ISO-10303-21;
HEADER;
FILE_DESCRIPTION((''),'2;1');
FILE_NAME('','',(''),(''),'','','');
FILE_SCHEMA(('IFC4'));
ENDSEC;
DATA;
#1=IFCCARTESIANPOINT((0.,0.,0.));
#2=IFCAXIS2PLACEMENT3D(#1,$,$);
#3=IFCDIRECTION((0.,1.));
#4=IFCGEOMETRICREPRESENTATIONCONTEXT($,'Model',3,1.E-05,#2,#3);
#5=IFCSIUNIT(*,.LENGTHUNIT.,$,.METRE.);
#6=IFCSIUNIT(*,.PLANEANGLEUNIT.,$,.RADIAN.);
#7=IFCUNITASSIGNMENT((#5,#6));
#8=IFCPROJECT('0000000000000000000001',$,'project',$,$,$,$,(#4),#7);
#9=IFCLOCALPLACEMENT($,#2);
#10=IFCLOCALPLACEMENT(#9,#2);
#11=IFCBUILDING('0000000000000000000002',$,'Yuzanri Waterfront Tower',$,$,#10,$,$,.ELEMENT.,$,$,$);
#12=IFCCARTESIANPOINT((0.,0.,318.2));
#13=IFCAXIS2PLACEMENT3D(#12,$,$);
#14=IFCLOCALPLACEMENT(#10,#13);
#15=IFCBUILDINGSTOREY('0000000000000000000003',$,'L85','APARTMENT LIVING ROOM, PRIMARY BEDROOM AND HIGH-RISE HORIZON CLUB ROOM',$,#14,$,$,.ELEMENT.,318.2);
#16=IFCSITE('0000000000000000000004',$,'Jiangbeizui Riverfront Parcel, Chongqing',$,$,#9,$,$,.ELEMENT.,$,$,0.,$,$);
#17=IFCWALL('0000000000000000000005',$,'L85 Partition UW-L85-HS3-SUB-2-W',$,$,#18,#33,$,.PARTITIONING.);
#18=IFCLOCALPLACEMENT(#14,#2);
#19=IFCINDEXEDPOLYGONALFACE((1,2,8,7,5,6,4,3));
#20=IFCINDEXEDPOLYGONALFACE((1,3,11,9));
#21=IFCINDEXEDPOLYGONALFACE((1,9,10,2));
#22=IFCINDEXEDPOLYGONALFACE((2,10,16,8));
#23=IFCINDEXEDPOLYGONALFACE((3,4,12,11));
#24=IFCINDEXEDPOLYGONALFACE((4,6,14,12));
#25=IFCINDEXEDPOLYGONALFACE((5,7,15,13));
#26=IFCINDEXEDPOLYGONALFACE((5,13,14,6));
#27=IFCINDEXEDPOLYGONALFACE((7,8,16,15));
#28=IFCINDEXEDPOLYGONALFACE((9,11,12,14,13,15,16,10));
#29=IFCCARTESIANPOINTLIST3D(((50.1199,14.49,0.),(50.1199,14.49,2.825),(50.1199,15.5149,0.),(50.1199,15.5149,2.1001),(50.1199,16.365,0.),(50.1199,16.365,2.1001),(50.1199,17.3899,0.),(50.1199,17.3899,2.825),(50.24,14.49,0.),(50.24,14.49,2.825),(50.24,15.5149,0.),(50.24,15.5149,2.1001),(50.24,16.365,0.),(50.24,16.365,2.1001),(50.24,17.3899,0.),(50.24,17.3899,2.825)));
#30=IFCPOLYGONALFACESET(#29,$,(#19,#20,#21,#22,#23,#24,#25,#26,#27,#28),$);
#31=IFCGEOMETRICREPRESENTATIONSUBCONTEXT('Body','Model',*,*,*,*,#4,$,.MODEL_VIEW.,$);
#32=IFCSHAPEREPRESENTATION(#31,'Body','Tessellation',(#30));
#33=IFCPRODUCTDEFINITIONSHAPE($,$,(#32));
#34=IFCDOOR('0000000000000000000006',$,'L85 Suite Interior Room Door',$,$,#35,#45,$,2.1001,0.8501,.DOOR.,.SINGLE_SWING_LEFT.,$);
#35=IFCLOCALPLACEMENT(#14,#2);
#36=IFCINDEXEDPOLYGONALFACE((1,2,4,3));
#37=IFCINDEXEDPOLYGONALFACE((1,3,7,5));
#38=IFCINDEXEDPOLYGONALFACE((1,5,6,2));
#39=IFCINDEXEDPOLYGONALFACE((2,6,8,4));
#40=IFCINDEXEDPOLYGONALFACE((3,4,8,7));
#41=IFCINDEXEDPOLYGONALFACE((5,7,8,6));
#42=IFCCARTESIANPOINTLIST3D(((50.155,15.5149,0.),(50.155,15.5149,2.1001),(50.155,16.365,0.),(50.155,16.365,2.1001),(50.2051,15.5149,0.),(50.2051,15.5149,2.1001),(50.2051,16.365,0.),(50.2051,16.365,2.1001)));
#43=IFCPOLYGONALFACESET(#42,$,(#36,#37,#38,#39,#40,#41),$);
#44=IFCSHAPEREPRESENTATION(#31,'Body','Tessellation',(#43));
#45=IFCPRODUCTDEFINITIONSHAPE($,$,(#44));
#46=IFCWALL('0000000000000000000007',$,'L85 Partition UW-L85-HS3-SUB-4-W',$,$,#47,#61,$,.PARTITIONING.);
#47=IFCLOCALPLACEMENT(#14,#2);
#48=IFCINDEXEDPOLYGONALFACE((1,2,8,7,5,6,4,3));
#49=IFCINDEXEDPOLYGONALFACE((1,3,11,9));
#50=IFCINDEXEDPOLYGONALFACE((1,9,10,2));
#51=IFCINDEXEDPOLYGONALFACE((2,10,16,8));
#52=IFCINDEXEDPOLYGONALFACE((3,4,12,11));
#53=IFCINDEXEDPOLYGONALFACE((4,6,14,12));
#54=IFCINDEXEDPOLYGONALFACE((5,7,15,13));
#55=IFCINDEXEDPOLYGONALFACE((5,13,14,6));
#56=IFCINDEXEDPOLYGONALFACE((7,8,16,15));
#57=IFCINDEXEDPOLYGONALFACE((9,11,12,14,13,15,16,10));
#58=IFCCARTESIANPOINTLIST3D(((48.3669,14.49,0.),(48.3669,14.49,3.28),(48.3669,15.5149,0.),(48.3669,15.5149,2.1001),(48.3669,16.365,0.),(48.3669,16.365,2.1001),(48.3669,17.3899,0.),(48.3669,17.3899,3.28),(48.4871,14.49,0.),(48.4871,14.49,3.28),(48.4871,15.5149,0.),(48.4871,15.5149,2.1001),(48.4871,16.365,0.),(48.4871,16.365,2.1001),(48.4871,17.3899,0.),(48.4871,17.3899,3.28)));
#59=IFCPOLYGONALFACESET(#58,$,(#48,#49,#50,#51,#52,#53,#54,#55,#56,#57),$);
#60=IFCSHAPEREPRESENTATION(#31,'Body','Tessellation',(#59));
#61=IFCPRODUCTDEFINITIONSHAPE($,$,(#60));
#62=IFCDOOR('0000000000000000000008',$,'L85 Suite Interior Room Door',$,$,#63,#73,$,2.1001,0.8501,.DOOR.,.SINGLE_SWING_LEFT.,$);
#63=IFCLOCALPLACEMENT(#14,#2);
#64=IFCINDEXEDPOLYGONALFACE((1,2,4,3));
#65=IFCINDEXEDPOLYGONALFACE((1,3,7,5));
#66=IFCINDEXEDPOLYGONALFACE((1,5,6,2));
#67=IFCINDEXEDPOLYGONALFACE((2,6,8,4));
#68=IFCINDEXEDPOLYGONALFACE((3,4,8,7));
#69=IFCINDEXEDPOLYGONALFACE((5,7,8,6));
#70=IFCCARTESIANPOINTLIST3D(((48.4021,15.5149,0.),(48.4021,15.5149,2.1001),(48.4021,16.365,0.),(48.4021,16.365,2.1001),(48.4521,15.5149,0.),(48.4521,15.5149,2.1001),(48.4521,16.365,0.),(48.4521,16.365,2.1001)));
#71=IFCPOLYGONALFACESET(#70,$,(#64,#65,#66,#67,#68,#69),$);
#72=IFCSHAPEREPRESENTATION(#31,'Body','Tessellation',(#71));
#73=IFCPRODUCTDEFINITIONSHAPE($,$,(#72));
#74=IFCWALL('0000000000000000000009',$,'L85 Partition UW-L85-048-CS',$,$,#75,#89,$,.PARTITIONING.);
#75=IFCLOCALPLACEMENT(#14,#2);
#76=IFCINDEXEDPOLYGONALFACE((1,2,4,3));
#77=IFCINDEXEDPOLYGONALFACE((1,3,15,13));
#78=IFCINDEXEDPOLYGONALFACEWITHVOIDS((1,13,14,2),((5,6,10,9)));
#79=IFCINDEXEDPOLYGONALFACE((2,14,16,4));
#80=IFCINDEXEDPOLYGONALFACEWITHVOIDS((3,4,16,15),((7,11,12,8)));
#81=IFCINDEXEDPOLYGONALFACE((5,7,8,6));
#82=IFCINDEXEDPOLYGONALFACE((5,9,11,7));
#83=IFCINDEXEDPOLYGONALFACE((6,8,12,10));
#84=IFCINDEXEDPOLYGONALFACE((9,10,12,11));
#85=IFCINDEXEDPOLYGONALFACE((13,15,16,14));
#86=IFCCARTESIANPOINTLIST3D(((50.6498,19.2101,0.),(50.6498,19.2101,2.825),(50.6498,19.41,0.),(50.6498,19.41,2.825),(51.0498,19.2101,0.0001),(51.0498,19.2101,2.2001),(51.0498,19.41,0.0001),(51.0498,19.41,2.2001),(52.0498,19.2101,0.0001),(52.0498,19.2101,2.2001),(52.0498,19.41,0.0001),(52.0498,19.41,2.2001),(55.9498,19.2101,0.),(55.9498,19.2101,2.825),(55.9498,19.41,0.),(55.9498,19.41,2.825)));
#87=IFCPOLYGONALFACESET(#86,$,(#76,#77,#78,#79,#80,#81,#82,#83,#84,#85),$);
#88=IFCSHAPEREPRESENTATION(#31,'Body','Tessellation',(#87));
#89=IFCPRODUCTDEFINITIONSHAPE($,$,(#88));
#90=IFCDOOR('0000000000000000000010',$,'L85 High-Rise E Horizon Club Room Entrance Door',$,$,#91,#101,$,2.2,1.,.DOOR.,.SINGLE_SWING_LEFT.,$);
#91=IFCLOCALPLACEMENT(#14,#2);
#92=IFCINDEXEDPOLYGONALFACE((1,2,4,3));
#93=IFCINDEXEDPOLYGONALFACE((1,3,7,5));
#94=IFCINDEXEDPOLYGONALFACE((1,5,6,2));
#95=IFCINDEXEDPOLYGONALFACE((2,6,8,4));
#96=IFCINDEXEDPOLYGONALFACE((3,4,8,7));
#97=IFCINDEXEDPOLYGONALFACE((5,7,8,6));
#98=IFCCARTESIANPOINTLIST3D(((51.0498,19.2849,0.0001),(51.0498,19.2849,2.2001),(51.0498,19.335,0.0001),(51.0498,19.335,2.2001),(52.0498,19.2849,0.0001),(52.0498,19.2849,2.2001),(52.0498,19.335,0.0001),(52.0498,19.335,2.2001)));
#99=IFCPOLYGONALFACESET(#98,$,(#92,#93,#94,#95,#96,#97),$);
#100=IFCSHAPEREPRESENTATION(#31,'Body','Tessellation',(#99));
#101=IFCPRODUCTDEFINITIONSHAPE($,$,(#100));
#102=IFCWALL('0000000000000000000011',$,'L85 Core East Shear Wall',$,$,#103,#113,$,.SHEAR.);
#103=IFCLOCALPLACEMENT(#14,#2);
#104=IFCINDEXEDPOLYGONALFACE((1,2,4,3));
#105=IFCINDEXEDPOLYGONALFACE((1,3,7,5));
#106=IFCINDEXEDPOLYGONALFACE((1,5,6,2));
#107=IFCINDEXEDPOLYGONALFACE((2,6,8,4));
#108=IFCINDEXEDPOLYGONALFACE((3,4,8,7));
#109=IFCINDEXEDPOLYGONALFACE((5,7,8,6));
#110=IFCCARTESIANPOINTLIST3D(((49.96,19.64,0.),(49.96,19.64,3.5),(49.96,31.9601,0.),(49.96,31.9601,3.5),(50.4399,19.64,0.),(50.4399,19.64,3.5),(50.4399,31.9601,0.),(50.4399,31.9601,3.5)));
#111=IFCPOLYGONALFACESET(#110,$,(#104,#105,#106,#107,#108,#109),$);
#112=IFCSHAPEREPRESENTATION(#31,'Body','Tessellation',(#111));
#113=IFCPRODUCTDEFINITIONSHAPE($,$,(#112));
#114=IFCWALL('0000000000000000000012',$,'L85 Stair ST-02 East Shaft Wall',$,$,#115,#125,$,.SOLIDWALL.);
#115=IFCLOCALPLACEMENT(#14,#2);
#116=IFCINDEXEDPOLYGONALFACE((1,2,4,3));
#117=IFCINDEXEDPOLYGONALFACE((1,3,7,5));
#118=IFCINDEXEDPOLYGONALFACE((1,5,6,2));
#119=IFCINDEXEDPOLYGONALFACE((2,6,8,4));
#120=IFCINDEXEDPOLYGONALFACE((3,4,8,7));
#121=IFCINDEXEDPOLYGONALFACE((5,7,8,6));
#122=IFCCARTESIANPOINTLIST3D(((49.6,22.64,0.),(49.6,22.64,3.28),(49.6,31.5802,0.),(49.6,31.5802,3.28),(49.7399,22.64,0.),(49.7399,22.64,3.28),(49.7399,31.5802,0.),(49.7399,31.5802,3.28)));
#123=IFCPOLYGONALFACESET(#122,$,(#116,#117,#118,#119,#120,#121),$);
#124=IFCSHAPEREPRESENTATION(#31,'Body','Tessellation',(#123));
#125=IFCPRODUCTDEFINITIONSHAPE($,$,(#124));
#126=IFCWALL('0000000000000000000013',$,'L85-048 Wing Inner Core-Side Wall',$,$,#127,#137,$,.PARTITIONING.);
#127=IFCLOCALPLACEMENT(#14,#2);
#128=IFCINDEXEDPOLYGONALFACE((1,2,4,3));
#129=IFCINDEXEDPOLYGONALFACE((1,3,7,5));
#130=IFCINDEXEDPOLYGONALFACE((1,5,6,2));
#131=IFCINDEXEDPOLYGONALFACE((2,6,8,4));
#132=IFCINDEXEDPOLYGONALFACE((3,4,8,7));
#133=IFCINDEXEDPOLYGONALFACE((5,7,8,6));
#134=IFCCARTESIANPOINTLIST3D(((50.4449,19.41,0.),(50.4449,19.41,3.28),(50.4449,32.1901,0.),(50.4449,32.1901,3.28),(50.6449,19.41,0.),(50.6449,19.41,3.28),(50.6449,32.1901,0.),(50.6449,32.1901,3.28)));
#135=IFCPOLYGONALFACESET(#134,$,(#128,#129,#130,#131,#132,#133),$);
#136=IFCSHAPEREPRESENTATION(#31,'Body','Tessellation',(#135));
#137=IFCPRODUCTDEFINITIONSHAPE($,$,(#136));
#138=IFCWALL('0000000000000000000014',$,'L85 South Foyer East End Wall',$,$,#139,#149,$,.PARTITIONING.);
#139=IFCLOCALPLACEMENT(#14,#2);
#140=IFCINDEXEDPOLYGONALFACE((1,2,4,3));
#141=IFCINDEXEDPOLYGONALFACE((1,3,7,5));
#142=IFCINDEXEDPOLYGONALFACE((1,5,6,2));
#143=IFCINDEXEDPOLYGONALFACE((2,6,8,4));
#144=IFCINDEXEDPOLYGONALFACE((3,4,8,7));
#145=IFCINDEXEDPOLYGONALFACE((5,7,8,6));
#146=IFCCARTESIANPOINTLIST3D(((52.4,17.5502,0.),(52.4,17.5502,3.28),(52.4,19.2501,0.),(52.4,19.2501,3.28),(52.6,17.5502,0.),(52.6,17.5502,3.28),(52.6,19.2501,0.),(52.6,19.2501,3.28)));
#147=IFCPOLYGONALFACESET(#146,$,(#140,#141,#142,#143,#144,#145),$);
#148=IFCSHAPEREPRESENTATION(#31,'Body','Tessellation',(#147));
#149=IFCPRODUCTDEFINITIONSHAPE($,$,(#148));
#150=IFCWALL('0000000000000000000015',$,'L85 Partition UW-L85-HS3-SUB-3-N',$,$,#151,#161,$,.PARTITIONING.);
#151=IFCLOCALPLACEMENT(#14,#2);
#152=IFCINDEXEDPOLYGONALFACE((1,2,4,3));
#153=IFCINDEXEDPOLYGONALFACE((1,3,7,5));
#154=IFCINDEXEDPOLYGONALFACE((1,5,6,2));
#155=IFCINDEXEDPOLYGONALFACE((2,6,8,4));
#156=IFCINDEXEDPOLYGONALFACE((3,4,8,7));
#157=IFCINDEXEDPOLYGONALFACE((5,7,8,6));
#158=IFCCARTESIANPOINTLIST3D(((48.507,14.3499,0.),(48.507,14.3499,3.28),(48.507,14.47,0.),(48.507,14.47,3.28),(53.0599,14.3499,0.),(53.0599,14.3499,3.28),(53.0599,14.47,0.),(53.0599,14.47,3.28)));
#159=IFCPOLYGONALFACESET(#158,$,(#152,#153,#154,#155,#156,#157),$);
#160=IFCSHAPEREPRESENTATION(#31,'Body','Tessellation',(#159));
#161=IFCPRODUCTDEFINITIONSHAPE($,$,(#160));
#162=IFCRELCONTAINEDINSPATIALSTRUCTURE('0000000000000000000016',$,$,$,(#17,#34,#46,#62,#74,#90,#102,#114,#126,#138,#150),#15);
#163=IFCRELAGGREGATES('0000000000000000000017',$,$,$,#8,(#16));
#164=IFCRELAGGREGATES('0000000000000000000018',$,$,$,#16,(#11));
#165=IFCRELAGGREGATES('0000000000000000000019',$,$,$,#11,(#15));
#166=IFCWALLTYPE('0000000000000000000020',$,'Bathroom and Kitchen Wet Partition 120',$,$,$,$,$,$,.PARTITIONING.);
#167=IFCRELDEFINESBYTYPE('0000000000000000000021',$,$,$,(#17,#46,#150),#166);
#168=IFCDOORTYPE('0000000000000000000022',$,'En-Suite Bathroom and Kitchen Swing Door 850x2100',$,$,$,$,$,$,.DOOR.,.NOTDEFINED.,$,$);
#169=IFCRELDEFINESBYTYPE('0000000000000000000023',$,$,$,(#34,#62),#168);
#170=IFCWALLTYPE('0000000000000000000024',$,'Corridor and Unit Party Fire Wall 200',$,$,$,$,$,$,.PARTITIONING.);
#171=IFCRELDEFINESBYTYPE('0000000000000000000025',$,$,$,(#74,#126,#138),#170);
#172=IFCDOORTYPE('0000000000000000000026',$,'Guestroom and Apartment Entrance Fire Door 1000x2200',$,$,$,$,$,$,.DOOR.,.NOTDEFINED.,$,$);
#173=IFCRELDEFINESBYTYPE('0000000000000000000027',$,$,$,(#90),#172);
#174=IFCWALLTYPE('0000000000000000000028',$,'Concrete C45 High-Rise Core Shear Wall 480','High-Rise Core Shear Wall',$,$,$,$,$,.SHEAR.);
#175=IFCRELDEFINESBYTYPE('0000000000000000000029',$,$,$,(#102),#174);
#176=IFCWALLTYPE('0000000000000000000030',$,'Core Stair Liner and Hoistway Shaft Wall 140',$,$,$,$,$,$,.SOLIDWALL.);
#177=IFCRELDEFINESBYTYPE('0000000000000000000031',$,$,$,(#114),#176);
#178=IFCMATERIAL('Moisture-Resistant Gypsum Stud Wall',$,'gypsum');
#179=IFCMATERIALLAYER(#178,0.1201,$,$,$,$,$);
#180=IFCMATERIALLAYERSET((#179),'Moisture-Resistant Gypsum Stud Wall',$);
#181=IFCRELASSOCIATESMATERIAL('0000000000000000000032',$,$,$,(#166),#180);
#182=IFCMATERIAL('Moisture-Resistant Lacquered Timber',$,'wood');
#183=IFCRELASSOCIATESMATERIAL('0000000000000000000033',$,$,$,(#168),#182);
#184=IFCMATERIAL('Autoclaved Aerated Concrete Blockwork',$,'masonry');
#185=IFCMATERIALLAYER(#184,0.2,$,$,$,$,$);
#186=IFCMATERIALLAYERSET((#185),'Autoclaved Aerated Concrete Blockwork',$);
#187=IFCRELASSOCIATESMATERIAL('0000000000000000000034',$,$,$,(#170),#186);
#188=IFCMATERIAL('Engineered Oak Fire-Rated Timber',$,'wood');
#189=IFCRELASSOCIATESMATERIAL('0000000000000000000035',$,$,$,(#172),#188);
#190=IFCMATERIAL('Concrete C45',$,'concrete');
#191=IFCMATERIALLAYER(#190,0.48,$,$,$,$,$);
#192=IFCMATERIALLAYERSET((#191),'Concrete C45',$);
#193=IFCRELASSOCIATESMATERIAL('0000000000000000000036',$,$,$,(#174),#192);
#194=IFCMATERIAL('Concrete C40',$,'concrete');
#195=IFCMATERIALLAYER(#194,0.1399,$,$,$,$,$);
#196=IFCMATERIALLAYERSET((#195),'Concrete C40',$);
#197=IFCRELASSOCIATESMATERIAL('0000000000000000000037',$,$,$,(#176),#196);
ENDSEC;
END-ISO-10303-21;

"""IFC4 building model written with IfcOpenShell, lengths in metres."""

from ifc_helpers import new_model, si_unit, direction, frame, frame_2d, origin, place, context, subcontext, project, spatial, rectangle, extrude, source, transform, mapped, material, layer, layer_set, type_object, element, fill, save


model = new_model("IFC4")

# Units and contexts
model_context = context("Model", 3, precision=1e-05, world=origin(), true_north=direction((0.0, 1.0)))
body_context = subcontext(model_context, "Body", "Model", "MODEL_VIEW")
ifc_project = project(units=[si_unit("LENGTHUNIT", "METRE"), si_unit("PLANEANGLEUNIT", "RADIAN")], contexts=[model_context])

# Site, building, storey
site_placement = place(None, origin())
site = spatial("IfcSite", under=ifc_project, at=site_placement, Name="Jiangbeizui Riverfront Parcel, Chongqing", CompositionType="ELEMENT", RefElevation=0.0)
building_placement = place(site_placement, origin())
building = spatial("IfcBuilding", under=site, at=building_placement, Name="Yuzanri Waterfront Tower", CompositionType="ELEMENT")
storey_placement = place(building_placement, frame((0.0, 0.0, 318.2)))
storey = spatial("IfcBuildingStorey", under=building, at=storey_placement, Name="L85", Description="APARTMENT LIVING ROOM, PRIMARY BEDROOM AND HIGH-RISE HORIZON CLUB ROOM", CompositionType="ELEMENT", Elevation=318.2)

# Walls, openings, doors
ifc_material_1 = material(Name="Moisture-Resistant Gypsum Stud Wall", Category="gypsum")
ifc_layer_1 = layer(ifc_material_1, 0.1201)
ifc_layer_set_1 = layer_set([ifc_layer_1], Name="Moisture-Resistant Gypsum Stud Wall")
wall_type_1 = type_object("IfcWallType", Name="Bathroom and Kitchen Wet Partition 120", PredefinedType="PARTITIONING", material=ifc_layer_set_1)
wall_1_placement = place(storey_placement, frame((50.1799, 14.49, 0.0), z_axis=(0.0, 0.0, 1.0), x_axis=(0.0, 1.0, 0.0)))
wall_1 = element("IfcWall", 1, at=wall_1_placement, inside=storey, type_object=wall_type_1, Name="L85 Partition UW-L85-HS3-SUB-2-W", PredefinedType="PARTITIONING", context=body_context, shape_type="SweptSolid", body=[
    extrude(rectangle(XDim=2.8999, YDim=0.1201, at=frame_2d((1.45, 0.0))), origin(), (0.0, 0.0, 1.0), 2.825),
])
opening_1_placement = place(wall_1_placement, frame((1.0249, 0.0, 0.0)))
opening_1 = element("IfcOpeningElement", 2, at=opening_1_placement, cuts=wall_1, PredefinedType="OPENING", context=body_context, shape_type="SweptSolid", body=[
    extrude(rectangle(XDim=0.8501, YDim=2.1001, at=frame_2d((0.425, 1.05))), frame((0.0, 0.075, 0.0), z_axis=(0.0, -1.0, 0.0), x_axis=(1.0, 0.0, 0.0)), (0.0, 0.0, 1.0), 0.1499),
])
ifc_material_2 = material(Name="Moisture-Resistant Lacquered Timber", Category="wood")
door_type_1 = type_object("IfcDoorType", Name="En-Suite Bathroom and Kitchen Swing Door 850x2100", OperationType="NOTDEFINED", PredefinedType="DOOR", material=ifc_material_2)
shared_shape_1 = source(origin(), body_context, "Body", "SweptSolid", [
    extrude(rectangle(XDim=0.8501, YDim=2.1001, at=frame_2d((0.425, 1.05))), frame((0.0, 0.0249, 0.0), z_axis=(0.0, -1.0, 0.0), x_axis=(1.0, 0.0, 0.0)), (0.0, 0.0, 1.0), 0.05),
])
door_1_placement = place(opening_1_placement, origin())
door_1 = element("IfcDoor", 3, at=door_1_placement, inside=storey, type_object=door_type_1, Name="L85 Suite Interior Room Door", OperationType="SINGLE_SWING_LEFT", OverallHeight=2.1001, OverallWidth=0.8501, PredefinedType="DOOR", context=body_context, shape_type="MappedRepresentation", body=[
    mapped(shared_shape_1, transform((0.0, 0.0, 0.0), scale=1.0)),
])
fill(opening_1, door_1)
wall_2_placement = place(storey_placement, frame((48.427, 14.49, 0.0), z_axis=(0.0, 0.0, 1.0), x_axis=(0.0, 1.0, 0.0)))
wall_2 = element("IfcWall", 4, at=wall_2_placement, inside=storey, type_object=wall_type_1, Name="L85 Partition UW-L85-HS3-SUB-4-W", PredefinedType="PARTITIONING", context=body_context, shape_type="SweptSolid", body=[
    extrude(rectangle(XDim=2.8999, YDim=0.1201, at=frame_2d((1.45, 0.0))), origin(), (0.0, 0.0, 1.0), 3.28),
])
opening_2_placement = place(wall_2_placement, frame((1.0249, 0.0, 0.0)))
opening_2 = element("IfcOpeningElement", 5, at=opening_2_placement, cuts=wall_2, PredefinedType="OPENING", context=body_context, shape_type="SweptSolid", body=[
    extrude(rectangle(XDim=0.8501, YDim=2.1001, at=frame_2d((0.425, 1.05))), frame((0.0, 0.075, 0.0), z_axis=(0.0, -1.0, 0.0), x_axis=(1.0, 0.0, 0.0)), (0.0, 0.0, 1.0), 0.1499),
])
door_2_placement = place(opening_2_placement, origin())
door_2 = element("IfcDoor", 6, at=door_2_placement, inside=storey, type_object=door_type_1, Name="L85 Suite Interior Room Door", OperationType="SINGLE_SWING_LEFT", OverallHeight=2.1001, OverallWidth=0.8501, PredefinedType="DOOR", context=body_context, shape_type="MappedRepresentation", body=[
    mapped(shared_shape_1, transform((0.0, 0.0, 0.0), scale=1.0)),
])
fill(opening_2, door_2)
ifc_material_3 = material(Name="Autoclaved Aerated Concrete Blockwork", Category="masonry")
ifc_layer_2 = layer(ifc_material_3, 0.2)
ifc_layer_set_2 = layer_set([ifc_layer_2], Name="Autoclaved Aerated Concrete Blockwork")
wall_type_2 = type_object("IfcWallType", Name="Corridor and Unit Party Fire Wall 200", PredefinedType="PARTITIONING", material=ifc_layer_set_2)
wall_3_placement = place(storey_placement, frame((50.6499, 19.3101, 0.0), z_axis=(0.0, 0.0, 1.0), x_axis=(1.0, 0.0, 0.0)))
wall_3 = element("IfcWall", 7, at=wall_3_placement, inside=storey, type_object=wall_type_2, Name="L85 Partition UW-L85-048-CS", PredefinedType="PARTITIONING", context=body_context, shape_type="SweptSolid", body=[
    extrude(rectangle(XDim=5.3, YDim=0.2, at=frame_2d((2.6499, 0.0))), origin(), (0.0, 0.0, 1.0), 2.825),
])
opening_3_placement = place(wall_3_placement, frame((0.3999, 0.0, 0.0)))
opening_3 = element("IfcOpeningElement", 8, at=opening_3_placement, cuts=wall_3, PredefinedType="OPENING", context=body_context, shape_type="SweptSolid", body=[
    extrude(rectangle(XDim=1.0, YDim=2.2, at=frame_2d((0.5, 1.1001))), frame((0.0, 0.1147, 0.0), z_axis=(0.0, -1.0, 0.0), x_axis=(1.0, 0.0, 0.0)), (0.0, 0.0, 1.0), 0.2297),
])
ifc_material_4 = material(Name="Engineered Oak Fire-Rated Timber", Category="wood")
door_type_2 = type_object("IfcDoorType", Name="Guestroom and Apartment Entrance Fire Door 1000x2200", OperationType="NOTDEFINED", PredefinedType="DOOR", material=ifc_material_4)
shared_shape_2 = source(origin(), body_context, "Body", "SweptSolid", [
    extrude(rectangle(XDim=1.0, YDim=2.2, at=frame_2d((0.5, 1.1001))), frame((0.0, 0.0249, 0.0), z_axis=(0.0, -1.0, 0.0), x_axis=(1.0, 0.0, 0.0)), (0.0, 0.0, 1.0), 0.05),
])
door_3_placement = place(opening_3_placement, origin())
door_3 = element("IfcDoor", 9, at=door_3_placement, inside=storey, type_object=door_type_2, Name="L85 High-Rise E Horizon Club Room Entrance Door", OperationType="SINGLE_SWING_LEFT", OverallHeight=2.2, OverallWidth=1.0, PredefinedType="DOOR", context=body_context, shape_type="MappedRepresentation", body=[
    mapped(shared_shape_2, transform((0.0, 0.0, 0.0), scale=1.0)),
])
fill(opening_3, door_3)

# Walls
ifc_material_5 = material(Name="Concrete C45", Category="concrete")
ifc_layer_3 = layer(ifc_material_5, 0.48)
ifc_layer_set_3 = layer_set([ifc_layer_3], Name="Concrete C45")
wall_type_3 = type_object("IfcWallType", Name="Concrete C45 High-Rise Core Shear Wall 480", Description="High-Rise Core Shear Wall", PredefinedType="SHEAR", material=ifc_layer_set_3)
shared_shape_3 = source(origin(), body_context, "Body", "SweptSolid", [
    extrude(rectangle(XDim=12.3201, YDim=0.48, at=frame_2d((6.1602, 0.0))), origin(), (0.0, 0.0, 1.0), 3.5),
])
wall_4_placement = place(storey_placement, frame((50.2, 19.6399, 0.0), z_axis=(0.0, 0.0, 1.0), x_axis=(0.0, 1.0, 0.0)))
element("IfcWall", 10, at=wall_4_placement, inside=storey, type_object=wall_type_3, Name="L85 Core East Shear Wall", PredefinedType="SHEAR", context=body_context, shape_type="MappedRepresentation", body=[
    mapped(shared_shape_3, transform((0.0, 0.0, 0.0), scale=1.0)),
])
ifc_material_6 = material(Name="Concrete C40", Category="concrete")
ifc_layer_4 = layer(ifc_material_6, 0.1399)
ifc_layer_set_4 = layer_set([ifc_layer_4], Name="Concrete C40")
wall_type_4 = type_object("IfcWallType", Name="Core Stair Liner and Hoistway Shaft Wall 140", PredefinedType="SOLIDWALL", material=ifc_layer_set_4)
shared_shape_4 = source(origin(), body_context, "Body", "SweptSolid", [
    extrude(rectangle(XDim=8.9402, YDim=0.1399, at=frame_2d((4.4702, 0.0))), origin(), (0.0, 0.0, 1.0), 3.28),
])
wall_5_placement = place(storey_placement, frame((49.6699, 22.6399, 0.0), z_axis=(0.0, 0.0, 1.0), x_axis=(0.0, 1.0, 0.0)))
element("IfcWall", 11, at=wall_5_placement, inside=storey, type_object=wall_type_4, Name="L85 Stair ST-02 East Shaft Wall", PredefinedType="SOLIDWALL", context=body_context, shape_type="MappedRepresentation", body=[
    mapped(shared_shape_4, transform((0.0, 0.0, 0.0), scale=1.0)),
])
shared_shape_5 = source(origin(), body_context, "Body", "SweptSolid", [
    extrude(rectangle(XDim=12.78, YDim=0.2, at=frame_2d((6.3901, 0.0))), origin(), (0.0, 0.0, 1.0), 3.28),
])
wall_6_placement = place(storey_placement, frame((50.5449, 19.4099, 0.0), z_axis=(0.0, 0.0, 1.0), x_axis=(0.0, 1.0, 0.0)))
element("IfcWall", 12, at=wall_6_placement, inside=storey, type_object=wall_type_2, Name="L85-048 Wing Inner Core-Side Wall", PredefinedType="PARTITIONING", context=body_context, shape_type="MappedRepresentation", body=[
    mapped(shared_shape_5, transform((0.0, 0.0, 0.0), scale=1.0)),
])
shared_shape_6 = source(origin(), body_context, "Body", "SweptSolid", [
    extrude(rectangle(XDim=1.7, YDim=0.2, at=frame_2d((0.8501, 0.0))), origin(), (0.0, 0.0, 1.0), 3.28),
])
wall_7_placement = place(storey_placement, frame((52.5, 17.55, 0.0), z_axis=(0.0, 0.0, 1.0), x_axis=(0.0, 1.0, 0.0)))
element("IfcWall", 13, at=wall_7_placement, inside=storey, type_object=wall_type_2, Name="L85 South Foyer East End Wall", PredefinedType="PARTITIONING", context=body_context, shape_type="MappedRepresentation", body=[
    mapped(shared_shape_6, transform((0.0, 0.0, 0.0), scale=1.0)),
])
shared_shape_7 = source(origin(), body_context, "Body", "SweptSolid", [
    extrude(rectangle(XDim=4.553, YDim=0.1201, at=frame_2d((2.2764, 0.0))), origin(), (0.0, 0.0, 1.0), 3.28),
])
wall_8_placement = place(storey_placement, frame((48.5071, 14.4099, 0.0), z_axis=(0.0, 0.0, 1.0), x_axis=(1.0, 0.0, 0.0)))
element("IfcWall", 14, at=wall_8_placement, inside=storey, type_object=wall_type_1, Name="L85 Partition UW-L85-HS3-SUB-3-N", PredefinedType="PARTITIONING", context=body_context, shape_type="MappedRepresentation", body=[
    mapped(shared_shape_7, transform((0.0, 0.0, 0.0), scale=1.0)),
])

save(model, "model.ifc")
